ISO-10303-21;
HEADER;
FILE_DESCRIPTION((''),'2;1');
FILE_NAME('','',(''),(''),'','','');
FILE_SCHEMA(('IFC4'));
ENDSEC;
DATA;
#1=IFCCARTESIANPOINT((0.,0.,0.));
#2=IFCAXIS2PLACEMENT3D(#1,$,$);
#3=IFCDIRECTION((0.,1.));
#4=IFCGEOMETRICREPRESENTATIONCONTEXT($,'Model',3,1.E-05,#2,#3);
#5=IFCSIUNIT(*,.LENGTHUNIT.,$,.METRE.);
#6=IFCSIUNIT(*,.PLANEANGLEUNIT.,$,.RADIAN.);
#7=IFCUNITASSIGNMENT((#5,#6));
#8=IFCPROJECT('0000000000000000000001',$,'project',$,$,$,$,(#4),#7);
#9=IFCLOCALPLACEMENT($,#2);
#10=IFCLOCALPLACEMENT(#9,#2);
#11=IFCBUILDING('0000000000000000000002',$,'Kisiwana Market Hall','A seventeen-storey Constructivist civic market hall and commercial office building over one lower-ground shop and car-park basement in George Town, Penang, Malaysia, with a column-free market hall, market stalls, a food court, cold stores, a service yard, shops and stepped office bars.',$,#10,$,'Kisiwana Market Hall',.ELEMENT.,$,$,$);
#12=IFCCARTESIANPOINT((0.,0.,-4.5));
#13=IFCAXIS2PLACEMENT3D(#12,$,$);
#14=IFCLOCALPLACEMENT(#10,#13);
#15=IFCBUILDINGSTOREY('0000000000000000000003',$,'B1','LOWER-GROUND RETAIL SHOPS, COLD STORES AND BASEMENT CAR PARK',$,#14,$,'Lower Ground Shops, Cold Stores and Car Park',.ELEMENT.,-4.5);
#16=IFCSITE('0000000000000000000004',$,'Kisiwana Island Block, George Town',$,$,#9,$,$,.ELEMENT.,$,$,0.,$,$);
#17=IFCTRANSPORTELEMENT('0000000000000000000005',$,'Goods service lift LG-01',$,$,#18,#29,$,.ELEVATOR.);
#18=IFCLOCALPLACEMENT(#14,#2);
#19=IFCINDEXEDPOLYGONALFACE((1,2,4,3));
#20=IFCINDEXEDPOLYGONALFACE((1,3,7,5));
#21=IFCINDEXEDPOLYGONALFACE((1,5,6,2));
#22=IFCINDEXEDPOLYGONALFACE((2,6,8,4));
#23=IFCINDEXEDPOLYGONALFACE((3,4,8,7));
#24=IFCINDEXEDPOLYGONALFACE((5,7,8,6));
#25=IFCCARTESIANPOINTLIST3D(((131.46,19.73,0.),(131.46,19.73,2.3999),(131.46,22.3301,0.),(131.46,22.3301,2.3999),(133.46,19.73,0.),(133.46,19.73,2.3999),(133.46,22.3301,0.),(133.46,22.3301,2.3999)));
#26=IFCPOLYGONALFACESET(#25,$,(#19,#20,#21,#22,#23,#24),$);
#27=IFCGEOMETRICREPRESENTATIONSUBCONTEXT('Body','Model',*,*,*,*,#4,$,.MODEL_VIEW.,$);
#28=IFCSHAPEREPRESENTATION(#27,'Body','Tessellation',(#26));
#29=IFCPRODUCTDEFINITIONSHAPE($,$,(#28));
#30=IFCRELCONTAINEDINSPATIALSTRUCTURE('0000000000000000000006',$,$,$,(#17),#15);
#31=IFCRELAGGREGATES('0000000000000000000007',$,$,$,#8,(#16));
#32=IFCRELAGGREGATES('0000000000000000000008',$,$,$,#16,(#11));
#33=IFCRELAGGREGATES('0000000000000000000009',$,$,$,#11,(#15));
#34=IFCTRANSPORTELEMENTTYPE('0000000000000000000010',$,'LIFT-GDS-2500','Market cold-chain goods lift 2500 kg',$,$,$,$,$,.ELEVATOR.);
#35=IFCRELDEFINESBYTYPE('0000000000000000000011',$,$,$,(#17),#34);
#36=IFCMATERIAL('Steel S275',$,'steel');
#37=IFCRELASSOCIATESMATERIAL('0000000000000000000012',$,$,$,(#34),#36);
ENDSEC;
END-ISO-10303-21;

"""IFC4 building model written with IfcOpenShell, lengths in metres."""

from ifc_helpers import new_model, si_unit, direction, frame, origin, origin_2d, place, context, subcontext, project, spatial, rectangle, extrude, material, type_object, element, save


model = new_model("IFC4")

# Units and contexts
model_context = context("Model", 3, precision=1e-05, world=origin(), true_north=direction((0.0, 1.0)))
body_context = subcontext(model_context, "Body", "Model", "MODEL_VIEW")
ifc_project = project(units=[si_unit("LENGTHUNIT", "METRE"), si_unit("PLANEANGLEUNIT", "RADIAN")], contexts=[model_context])

# Site, building, storey
site_placement = place(None, origin())
site = spatial("IfcSite", under=ifc_project, at=site_placement, Name="Kisiwana Island Block, George Town", CompositionType="ELEMENT", RefElevation=0.0)
building_placement = place(site_placement, origin())
building = spatial("IfcBuilding", under=site, at=building_placement, Name="Kisiwana Market Hall", Description="A seventeen-storey Constructivist civic market hall and commercial office building over one lower-ground shop and car-park basement in George Town, Penang, Malaysia, with a column-free market hall, market stalls, a food court, cold stores, a service yard, shops and stepped office bars.", LongName="Kisiwana Market Hall", CompositionType="ELEMENT")
storey_placement = place(building_placement, frame((0.0, 0.0, -4.5)))
storey = spatial("IfcBuildingStorey", under=building, at=storey_placement, Name="B1", Description="LOWER-GROUND RETAIL SHOPS, COLD STORES AND BASEMENT CAR PARK", LongName="Lower Ground Shops, Cold Stores and Car Park", CompositionType="ELEMENT", Elevation=-4.5)

# Transport element
ifc_material_1 = material(Name="Steel S275", Category="steel")
transport_element_type = type_object("IfcTransportElementType", Name="LIFT-GDS-2500", Description="Market cold-chain goods lift 2500 kg", PredefinedType="ELEVATOR", material=ifc_material_1)
transport_element_placement = place(storey_placement, frame((132.46, 21.03, 0.0), z_axis=(0.0, 0.0, 1.0), x_axis=(1.0, 0.0, 0.0)))
element("IfcTransportElement", 1, at=transport_element_placement, inside=storey, type_object=transport_element_type, Name="Goods service lift LG-01", PredefinedType="ELEVATOR", context=body_context, shape_type="SweptSolid", body=[
    extrude(rectangle(XDim=2.0, YDim=2.6001, at=origin_2d()), origin(), (0.0, 0.0, 1.0), 2.3999),
])

save(model, "model.ifc")
